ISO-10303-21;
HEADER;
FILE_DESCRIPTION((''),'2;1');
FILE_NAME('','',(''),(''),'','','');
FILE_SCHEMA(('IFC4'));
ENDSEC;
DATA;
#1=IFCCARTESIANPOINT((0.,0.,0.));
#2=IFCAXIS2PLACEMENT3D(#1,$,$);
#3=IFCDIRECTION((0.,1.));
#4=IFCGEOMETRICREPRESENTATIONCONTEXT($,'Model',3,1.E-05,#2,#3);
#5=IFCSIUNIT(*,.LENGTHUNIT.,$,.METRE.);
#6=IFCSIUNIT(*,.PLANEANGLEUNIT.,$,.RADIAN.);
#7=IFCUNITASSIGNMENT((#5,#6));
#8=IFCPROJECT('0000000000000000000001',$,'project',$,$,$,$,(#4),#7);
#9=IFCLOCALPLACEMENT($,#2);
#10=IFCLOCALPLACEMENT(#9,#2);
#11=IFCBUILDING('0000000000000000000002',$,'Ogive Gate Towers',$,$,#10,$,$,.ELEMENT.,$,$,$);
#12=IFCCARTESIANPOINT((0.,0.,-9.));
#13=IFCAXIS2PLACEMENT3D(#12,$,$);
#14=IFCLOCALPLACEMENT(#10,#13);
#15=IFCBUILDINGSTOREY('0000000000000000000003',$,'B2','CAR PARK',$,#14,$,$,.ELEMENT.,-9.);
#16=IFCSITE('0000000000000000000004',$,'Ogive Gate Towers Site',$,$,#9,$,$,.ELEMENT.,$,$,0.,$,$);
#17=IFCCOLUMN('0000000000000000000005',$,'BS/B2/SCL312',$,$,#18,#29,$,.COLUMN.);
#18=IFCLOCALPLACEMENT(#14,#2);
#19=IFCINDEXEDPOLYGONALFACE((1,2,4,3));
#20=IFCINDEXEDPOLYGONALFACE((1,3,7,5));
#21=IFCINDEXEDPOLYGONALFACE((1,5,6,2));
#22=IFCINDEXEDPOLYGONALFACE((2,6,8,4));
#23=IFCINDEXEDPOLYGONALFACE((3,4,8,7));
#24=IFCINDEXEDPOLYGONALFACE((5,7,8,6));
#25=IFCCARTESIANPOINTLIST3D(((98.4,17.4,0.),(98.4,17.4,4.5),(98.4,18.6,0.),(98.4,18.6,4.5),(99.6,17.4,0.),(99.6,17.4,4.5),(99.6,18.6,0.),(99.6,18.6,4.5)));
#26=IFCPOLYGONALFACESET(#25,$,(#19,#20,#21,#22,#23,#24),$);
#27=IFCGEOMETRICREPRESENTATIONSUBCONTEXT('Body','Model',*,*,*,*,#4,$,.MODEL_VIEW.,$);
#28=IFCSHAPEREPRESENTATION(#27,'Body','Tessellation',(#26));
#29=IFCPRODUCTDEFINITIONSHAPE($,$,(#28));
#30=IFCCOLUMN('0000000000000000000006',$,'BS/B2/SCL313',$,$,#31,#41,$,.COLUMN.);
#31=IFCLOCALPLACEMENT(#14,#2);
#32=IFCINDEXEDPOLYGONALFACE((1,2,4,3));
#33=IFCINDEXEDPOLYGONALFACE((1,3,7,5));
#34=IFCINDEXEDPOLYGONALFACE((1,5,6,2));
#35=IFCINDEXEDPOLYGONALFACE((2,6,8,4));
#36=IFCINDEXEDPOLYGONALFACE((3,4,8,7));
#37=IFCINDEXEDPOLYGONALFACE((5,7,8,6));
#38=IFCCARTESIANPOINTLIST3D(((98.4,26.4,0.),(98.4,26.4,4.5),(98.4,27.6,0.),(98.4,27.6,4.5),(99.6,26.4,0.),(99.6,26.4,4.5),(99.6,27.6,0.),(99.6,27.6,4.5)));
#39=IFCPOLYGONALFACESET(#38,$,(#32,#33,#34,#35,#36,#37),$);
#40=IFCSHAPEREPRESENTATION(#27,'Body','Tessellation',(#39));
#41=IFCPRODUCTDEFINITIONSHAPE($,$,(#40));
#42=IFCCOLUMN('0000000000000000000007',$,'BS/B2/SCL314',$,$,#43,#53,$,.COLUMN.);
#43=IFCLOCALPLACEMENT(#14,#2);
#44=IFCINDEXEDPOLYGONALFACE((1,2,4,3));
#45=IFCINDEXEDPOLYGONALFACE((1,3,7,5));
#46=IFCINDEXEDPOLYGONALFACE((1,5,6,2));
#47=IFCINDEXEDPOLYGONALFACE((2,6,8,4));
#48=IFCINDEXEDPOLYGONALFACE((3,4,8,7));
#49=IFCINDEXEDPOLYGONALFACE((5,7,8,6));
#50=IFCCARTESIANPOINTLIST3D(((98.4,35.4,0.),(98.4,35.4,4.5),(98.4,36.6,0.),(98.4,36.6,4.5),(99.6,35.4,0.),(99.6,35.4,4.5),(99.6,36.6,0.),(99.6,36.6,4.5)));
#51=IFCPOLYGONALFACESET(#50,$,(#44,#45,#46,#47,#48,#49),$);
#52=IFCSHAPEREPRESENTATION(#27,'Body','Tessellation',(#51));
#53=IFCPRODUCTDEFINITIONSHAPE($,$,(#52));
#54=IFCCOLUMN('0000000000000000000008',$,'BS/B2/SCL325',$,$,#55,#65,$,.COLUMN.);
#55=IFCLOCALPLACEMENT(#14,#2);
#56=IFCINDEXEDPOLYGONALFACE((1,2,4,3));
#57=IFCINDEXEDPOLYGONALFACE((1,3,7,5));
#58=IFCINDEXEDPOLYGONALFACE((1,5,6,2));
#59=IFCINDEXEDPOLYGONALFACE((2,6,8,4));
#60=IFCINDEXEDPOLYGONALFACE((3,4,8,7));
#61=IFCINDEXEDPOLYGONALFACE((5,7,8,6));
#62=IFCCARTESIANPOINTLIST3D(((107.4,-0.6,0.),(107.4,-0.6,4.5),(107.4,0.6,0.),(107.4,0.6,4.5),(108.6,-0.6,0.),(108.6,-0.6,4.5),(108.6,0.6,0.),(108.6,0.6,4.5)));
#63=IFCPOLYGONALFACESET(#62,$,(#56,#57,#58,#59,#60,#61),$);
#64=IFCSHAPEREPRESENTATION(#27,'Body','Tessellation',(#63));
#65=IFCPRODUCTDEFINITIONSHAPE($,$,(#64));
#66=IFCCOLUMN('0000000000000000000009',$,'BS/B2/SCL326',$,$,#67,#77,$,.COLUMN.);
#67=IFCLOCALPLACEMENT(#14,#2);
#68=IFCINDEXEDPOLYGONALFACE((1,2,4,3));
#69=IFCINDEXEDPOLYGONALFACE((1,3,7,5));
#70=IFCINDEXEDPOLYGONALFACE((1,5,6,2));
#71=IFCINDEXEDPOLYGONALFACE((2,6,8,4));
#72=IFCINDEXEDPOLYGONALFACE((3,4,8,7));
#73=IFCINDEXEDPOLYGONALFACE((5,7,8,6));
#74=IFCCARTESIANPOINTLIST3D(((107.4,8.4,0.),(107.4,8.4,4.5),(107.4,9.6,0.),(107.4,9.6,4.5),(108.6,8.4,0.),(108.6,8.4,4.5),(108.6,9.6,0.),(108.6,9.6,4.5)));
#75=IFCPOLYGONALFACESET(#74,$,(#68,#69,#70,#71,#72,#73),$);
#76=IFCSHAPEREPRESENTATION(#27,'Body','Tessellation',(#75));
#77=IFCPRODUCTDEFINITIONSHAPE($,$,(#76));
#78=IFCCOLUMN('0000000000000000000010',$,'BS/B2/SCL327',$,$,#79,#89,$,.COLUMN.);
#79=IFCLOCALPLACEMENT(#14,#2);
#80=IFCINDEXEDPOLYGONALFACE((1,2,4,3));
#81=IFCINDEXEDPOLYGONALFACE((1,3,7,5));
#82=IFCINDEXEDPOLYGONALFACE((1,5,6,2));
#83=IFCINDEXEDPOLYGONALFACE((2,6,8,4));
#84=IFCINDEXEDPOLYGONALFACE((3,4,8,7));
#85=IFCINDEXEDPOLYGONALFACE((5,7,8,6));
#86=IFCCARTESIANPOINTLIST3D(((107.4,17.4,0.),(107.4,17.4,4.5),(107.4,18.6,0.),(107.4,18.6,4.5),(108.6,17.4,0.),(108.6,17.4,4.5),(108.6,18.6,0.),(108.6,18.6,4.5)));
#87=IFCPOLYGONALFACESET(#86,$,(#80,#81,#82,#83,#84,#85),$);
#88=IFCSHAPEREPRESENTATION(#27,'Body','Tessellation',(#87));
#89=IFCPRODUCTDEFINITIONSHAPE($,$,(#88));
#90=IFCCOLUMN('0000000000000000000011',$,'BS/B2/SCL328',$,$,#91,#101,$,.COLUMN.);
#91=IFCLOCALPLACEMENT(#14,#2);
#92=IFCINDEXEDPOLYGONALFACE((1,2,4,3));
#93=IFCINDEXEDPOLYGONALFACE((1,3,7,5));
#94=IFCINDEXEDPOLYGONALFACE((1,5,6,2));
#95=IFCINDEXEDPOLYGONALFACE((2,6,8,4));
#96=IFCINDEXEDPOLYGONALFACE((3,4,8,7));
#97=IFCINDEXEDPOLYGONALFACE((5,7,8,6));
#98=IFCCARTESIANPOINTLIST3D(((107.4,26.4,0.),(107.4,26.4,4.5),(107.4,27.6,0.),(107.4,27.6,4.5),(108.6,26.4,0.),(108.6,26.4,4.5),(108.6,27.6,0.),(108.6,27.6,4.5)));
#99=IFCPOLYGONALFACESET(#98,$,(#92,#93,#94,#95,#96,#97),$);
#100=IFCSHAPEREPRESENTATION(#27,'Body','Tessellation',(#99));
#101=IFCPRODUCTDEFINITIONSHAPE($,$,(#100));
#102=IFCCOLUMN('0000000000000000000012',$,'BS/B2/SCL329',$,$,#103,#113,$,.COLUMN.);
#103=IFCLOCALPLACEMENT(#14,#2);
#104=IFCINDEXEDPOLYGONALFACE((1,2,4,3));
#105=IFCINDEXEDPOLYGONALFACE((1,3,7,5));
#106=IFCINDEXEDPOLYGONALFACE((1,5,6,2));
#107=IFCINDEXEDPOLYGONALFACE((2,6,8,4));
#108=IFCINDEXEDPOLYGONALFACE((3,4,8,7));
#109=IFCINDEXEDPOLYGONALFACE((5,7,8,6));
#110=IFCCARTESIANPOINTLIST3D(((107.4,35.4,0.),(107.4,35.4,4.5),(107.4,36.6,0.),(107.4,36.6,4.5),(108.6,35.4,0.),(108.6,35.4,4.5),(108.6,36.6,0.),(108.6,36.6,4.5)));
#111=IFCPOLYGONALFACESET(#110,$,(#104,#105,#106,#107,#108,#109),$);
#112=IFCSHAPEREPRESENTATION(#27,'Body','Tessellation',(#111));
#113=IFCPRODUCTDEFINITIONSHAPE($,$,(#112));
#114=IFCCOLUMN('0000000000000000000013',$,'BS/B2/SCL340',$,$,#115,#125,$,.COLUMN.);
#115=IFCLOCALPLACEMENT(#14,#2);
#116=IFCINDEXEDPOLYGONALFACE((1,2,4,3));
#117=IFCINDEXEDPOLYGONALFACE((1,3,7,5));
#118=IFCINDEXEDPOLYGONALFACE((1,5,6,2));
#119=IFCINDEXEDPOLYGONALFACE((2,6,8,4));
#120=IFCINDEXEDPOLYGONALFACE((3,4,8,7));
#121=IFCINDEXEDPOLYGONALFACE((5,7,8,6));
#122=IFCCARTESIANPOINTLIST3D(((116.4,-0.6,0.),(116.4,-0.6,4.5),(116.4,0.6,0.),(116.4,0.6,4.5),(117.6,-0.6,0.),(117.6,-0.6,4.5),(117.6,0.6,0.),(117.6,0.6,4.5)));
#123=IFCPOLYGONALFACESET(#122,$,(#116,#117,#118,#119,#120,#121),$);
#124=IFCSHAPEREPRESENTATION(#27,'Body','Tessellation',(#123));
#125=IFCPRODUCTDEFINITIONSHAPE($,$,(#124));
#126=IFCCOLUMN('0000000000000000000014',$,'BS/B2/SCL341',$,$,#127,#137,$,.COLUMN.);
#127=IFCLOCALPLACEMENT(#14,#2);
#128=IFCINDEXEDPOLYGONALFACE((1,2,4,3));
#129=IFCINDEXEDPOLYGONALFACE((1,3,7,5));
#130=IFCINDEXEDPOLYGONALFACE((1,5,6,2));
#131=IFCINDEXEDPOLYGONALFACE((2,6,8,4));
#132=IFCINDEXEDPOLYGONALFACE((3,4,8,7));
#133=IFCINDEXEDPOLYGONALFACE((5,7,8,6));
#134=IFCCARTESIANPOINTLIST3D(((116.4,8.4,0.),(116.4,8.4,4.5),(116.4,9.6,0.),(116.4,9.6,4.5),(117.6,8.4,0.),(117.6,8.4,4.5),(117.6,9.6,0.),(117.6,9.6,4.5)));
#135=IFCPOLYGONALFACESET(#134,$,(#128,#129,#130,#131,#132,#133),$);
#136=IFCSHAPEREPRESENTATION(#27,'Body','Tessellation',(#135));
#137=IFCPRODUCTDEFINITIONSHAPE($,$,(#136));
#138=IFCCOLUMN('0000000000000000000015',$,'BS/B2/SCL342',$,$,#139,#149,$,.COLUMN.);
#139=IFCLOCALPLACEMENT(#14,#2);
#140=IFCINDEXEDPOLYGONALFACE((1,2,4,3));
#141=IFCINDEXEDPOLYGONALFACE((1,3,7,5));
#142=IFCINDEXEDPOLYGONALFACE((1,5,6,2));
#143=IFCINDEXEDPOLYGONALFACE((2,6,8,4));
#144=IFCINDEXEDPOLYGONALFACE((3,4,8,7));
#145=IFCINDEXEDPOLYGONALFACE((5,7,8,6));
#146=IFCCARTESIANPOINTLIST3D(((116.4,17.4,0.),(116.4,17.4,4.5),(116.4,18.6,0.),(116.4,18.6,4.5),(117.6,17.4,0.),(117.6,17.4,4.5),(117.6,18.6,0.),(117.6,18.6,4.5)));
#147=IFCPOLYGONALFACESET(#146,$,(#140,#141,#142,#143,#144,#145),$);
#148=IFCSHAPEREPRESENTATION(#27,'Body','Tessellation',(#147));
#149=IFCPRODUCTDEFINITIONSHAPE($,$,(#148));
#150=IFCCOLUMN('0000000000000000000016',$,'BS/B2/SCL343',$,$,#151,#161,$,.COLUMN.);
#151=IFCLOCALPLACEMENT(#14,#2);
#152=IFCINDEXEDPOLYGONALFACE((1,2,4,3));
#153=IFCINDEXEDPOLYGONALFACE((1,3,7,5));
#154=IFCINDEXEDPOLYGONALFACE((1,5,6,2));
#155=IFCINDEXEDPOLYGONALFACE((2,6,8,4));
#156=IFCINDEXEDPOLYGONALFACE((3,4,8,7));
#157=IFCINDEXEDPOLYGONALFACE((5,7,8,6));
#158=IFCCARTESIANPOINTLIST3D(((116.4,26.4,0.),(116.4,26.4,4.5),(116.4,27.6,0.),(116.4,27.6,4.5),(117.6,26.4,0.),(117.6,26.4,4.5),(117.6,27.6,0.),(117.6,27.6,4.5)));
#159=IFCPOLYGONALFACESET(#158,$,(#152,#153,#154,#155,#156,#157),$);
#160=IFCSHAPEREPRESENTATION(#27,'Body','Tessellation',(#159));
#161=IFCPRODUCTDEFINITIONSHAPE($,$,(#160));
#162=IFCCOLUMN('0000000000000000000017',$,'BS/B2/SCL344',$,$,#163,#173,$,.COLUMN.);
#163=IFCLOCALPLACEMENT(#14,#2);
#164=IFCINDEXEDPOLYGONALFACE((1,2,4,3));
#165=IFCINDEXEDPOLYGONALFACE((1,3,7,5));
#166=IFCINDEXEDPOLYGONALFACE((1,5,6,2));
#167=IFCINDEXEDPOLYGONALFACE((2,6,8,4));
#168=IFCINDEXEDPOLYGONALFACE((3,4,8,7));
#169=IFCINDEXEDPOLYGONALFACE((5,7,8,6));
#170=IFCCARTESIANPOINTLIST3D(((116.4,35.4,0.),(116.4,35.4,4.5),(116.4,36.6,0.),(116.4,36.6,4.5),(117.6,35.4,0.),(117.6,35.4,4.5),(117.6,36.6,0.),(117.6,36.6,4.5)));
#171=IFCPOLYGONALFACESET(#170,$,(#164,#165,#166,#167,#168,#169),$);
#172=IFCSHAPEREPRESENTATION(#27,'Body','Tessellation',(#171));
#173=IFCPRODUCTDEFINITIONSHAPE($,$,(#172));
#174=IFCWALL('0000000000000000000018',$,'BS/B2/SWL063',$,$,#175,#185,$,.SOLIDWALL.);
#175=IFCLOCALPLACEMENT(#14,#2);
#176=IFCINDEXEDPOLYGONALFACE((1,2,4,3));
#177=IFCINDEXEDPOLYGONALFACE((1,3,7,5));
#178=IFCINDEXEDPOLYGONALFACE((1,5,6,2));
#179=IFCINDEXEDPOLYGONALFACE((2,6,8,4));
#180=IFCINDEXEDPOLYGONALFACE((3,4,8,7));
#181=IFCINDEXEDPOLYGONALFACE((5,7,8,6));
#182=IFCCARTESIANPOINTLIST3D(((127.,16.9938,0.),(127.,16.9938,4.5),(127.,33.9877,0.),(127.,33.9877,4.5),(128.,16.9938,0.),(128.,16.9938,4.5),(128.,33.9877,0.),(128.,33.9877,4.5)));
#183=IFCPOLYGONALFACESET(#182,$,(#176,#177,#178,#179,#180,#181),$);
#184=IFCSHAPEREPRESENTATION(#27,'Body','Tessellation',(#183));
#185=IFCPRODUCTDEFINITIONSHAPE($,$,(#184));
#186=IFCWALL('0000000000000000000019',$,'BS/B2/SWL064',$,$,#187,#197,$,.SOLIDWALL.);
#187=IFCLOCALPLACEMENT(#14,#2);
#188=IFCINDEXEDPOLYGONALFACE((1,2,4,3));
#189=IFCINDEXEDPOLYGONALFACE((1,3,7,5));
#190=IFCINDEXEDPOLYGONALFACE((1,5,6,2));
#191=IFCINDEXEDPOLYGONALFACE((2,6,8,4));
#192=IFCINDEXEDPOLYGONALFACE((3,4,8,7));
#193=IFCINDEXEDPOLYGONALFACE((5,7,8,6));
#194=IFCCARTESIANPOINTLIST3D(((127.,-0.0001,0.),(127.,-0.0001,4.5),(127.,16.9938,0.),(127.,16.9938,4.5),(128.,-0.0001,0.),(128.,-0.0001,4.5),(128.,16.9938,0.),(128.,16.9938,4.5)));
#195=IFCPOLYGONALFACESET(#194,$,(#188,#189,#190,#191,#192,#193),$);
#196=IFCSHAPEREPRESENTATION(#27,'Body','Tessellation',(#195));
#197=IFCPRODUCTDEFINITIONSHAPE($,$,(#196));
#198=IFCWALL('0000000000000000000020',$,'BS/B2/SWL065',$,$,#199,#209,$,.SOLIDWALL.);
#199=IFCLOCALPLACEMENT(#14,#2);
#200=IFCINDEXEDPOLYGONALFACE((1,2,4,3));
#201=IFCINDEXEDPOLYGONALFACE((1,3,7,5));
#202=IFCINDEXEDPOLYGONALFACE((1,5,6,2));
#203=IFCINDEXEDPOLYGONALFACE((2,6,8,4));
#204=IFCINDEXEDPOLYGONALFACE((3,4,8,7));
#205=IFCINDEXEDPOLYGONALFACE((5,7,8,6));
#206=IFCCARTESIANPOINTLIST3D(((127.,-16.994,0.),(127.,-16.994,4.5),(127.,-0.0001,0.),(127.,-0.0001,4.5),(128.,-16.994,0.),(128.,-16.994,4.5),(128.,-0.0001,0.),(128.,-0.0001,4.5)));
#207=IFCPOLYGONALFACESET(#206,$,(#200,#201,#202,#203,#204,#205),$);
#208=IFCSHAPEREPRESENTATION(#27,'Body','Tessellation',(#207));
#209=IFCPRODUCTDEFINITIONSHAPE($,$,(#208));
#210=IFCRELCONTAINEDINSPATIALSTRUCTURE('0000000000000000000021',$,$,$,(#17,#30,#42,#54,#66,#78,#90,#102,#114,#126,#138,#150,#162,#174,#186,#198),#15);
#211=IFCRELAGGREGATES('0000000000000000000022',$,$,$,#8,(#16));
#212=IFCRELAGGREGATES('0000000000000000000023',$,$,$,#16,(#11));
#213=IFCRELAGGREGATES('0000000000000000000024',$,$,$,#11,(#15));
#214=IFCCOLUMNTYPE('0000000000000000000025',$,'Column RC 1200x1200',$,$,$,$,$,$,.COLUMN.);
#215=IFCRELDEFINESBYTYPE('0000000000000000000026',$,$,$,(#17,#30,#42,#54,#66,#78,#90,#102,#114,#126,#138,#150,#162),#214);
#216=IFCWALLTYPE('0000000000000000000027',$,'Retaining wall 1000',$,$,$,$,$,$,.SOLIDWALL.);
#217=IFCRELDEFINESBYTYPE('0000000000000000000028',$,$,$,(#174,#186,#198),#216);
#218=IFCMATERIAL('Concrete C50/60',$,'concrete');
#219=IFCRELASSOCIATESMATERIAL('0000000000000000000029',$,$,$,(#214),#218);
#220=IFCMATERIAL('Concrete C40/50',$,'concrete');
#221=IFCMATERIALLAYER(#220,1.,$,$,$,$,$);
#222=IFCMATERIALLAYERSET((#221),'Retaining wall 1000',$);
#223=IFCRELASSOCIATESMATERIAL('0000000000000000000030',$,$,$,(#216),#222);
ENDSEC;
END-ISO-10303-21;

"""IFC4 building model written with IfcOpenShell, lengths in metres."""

from ifc_helpers import new_model, si_unit, direction, frame, frame_2d, origin, origin_2d, place, context, subcontext, project, spatial, rectangle, extrude, material, layer, layer_set, material_profile, profile_set, type_object, element, save


model = new_model("IFC4")

# Units and contexts
model_context = context("Model", 3, precision=1e-05, world=origin(), true_north=direction((0.0, 1.0)))
body_context = subcontext(model_context, "Body", "Model", "MODEL_VIEW")
ifc_project = project(units=[si_unit("LENGTHUNIT", "METRE"), si_unit("PLANEANGLEUNIT", "RADIAN")], contexts=[model_context])

# Site, building, storey
site_placement = place(None, origin())
site = spatial("IfcSite", under=ifc_project, at=site_placement, Name="Ogive Gate Towers Site", CompositionType="ELEMENT", RefElevation=0.0)
building_placement = place(site_placement, origin())
building = spatial("IfcBuilding", under=site, at=building_placement, Name="Ogive Gate Towers", CompositionType="ELEMENT")
storey_placement = place(building_placement, frame((0.0, 0.0, -9.0)))
storey = spatial("IfcBuildingStorey", under=building, at=storey_placement, Name="B2", Description="CAR PARK", CompositionType="ELEMENT", Elevation=-9.0)

# Shared definitions
ifc_material_1 = material(Name="Concrete C40/50", Category="concrete")

# Columns
ifc_material_2 = material(Name="Concrete C50/60", Category="concrete")
ifc_material_profile_1 = material_profile(ifc_material_2, rectangle(XDim=1.2, YDim=1.2, at=origin_2d()), Name="RC 1200x1200")
ifc_profile_set_1 = profile_set([ifc_material_profile_1], Name="Concrete C50/60")
column_type = type_object("IfcColumnType", Name="Column RC 1200x1200", PredefinedType="COLUMN", material=ifc_profile_set_1)
for number, where, z_axis, x_axis, name in (
    (1, (99.0, 18.0, 0.0), (0.0, 0.0, 1.0), (1.0, 0.0, 0.0), "BS/B2/SCL312"),
    (2, (99.0, 27.0, 0.0), (0.0, 0.0, 1.0), (1.0, 0.0, 0.0), "BS/B2/SCL313"),
    (3, (99.0, 36.0, 0.0), (0.0, 0.0, 1.0), (1.0, 0.0, 0.0), "BS/B2/SCL314"),
    (4, (108.0, 0.0, 0.0), (0.0, 0.0, 1.0), (1.0, 0.0, 0.0), "BS/B2/SCL325"),
    (5, (108.0, 9.0, 0.0), (0.0, 0.0, 1.0), (1.0, 0.0, 0.0), "BS/B2/SCL326"),
    (6, (108.0, 18.0, 0.0), (0.0, 0.0, 1.0), (1.0, 0.0, 0.0), "BS/B2/SCL327"),
    (7, (108.0, 27.0, 0.0), (0.0, 0.0, 1.0), (1.0, 0.0, 0.0), "BS/B2/SCL328"),
    (8, (108.0, 36.0, 0.0), (0.0, 0.0, 1.0), (1.0, 0.0, 0.0), "BS/B2/SCL329"),
    (9, (117.0, 0.0, 0.0), (0.0, 0.0, 1.0), (1.0, 0.0, 0.0), "BS/B2/SCL340"),
    (10, (117.0, 9.0, 0.0), (0.0, 0.0, 1.0), (1.0, 0.0, 0.0), "BS/B2/SCL341"),
    (11, (117.0, 18.0, 0.0), (0.0, 0.0, 1.0), (1.0, 0.0, 0.0), "BS/B2/SCL342"),
    (12, (117.0, 27.0, 0.0), (0.0, 0.0, 1.0), (1.0, 0.0, 0.0), "BS/B2/SCL343"),
    (13, (117.0, 36.0, 0.0), (0.0, 0.0, 1.0), (1.0, 0.0, 0.0), "BS/B2/SCL344"),
):
    element("IfcColumn", number, at=place(storey_placement, frame(where, z_axis=z_axis, x_axis=x_axis)), inside=storey, type_object=column_type, Name=name, PredefinedType="COLUMN", context=body_context, shape_type="SweptSolid", body=[
        extrude(rectangle(XDim=1.2, YDim=1.2, at=origin_2d()), origin(), (0.0, 0.0, 1.0), 4.5),
    ])

# Walls
ifc_layer = layer(ifc_material_1, 1.0)
ifc_layer_set = layer_set([ifc_layer], Name="Retaining wall 1000")
wall_type = type_object("IfcWallType", Name="Retaining wall 1000", PredefinedType="SOLIDWALL", material=ifc_layer_set)
for number, where, z_axis, x_axis, name in (
    (14, (127.5, 33.9878, 0.0), (0.0, 0.0, 1.0), (0.0, -1.0, 0.0), "BS/B2/SWL063"),
    (15, (127.5, 16.9939, 0.0), (0.0, 0.0, 1.0), (0.0, -1.0, 0.0), "BS/B2/SWL064"),
    (16, (127.5, 0.0, 0.0), (0.0, 0.0, 1.0), (0.0, -1.0, 0.0), "BS/B2/SWL065"),
):
    element("IfcWall", number, at=place(storey_placement, frame(where, z_axis=z_axis, x_axis=x_axis)), inside=storey, type_object=wall_type, Name=name, PredefinedType="SOLIDWALL", context=body_context, shape_type="SweptSolid", body=[
        extrude(rectangle(XDim=16.9939, YDim=1.0, at=frame_2d((8.4971, 0.0))), origin(), (0.0, 0.0, 1.0), 4.5),
    ])

save(model, "model.ifc")
